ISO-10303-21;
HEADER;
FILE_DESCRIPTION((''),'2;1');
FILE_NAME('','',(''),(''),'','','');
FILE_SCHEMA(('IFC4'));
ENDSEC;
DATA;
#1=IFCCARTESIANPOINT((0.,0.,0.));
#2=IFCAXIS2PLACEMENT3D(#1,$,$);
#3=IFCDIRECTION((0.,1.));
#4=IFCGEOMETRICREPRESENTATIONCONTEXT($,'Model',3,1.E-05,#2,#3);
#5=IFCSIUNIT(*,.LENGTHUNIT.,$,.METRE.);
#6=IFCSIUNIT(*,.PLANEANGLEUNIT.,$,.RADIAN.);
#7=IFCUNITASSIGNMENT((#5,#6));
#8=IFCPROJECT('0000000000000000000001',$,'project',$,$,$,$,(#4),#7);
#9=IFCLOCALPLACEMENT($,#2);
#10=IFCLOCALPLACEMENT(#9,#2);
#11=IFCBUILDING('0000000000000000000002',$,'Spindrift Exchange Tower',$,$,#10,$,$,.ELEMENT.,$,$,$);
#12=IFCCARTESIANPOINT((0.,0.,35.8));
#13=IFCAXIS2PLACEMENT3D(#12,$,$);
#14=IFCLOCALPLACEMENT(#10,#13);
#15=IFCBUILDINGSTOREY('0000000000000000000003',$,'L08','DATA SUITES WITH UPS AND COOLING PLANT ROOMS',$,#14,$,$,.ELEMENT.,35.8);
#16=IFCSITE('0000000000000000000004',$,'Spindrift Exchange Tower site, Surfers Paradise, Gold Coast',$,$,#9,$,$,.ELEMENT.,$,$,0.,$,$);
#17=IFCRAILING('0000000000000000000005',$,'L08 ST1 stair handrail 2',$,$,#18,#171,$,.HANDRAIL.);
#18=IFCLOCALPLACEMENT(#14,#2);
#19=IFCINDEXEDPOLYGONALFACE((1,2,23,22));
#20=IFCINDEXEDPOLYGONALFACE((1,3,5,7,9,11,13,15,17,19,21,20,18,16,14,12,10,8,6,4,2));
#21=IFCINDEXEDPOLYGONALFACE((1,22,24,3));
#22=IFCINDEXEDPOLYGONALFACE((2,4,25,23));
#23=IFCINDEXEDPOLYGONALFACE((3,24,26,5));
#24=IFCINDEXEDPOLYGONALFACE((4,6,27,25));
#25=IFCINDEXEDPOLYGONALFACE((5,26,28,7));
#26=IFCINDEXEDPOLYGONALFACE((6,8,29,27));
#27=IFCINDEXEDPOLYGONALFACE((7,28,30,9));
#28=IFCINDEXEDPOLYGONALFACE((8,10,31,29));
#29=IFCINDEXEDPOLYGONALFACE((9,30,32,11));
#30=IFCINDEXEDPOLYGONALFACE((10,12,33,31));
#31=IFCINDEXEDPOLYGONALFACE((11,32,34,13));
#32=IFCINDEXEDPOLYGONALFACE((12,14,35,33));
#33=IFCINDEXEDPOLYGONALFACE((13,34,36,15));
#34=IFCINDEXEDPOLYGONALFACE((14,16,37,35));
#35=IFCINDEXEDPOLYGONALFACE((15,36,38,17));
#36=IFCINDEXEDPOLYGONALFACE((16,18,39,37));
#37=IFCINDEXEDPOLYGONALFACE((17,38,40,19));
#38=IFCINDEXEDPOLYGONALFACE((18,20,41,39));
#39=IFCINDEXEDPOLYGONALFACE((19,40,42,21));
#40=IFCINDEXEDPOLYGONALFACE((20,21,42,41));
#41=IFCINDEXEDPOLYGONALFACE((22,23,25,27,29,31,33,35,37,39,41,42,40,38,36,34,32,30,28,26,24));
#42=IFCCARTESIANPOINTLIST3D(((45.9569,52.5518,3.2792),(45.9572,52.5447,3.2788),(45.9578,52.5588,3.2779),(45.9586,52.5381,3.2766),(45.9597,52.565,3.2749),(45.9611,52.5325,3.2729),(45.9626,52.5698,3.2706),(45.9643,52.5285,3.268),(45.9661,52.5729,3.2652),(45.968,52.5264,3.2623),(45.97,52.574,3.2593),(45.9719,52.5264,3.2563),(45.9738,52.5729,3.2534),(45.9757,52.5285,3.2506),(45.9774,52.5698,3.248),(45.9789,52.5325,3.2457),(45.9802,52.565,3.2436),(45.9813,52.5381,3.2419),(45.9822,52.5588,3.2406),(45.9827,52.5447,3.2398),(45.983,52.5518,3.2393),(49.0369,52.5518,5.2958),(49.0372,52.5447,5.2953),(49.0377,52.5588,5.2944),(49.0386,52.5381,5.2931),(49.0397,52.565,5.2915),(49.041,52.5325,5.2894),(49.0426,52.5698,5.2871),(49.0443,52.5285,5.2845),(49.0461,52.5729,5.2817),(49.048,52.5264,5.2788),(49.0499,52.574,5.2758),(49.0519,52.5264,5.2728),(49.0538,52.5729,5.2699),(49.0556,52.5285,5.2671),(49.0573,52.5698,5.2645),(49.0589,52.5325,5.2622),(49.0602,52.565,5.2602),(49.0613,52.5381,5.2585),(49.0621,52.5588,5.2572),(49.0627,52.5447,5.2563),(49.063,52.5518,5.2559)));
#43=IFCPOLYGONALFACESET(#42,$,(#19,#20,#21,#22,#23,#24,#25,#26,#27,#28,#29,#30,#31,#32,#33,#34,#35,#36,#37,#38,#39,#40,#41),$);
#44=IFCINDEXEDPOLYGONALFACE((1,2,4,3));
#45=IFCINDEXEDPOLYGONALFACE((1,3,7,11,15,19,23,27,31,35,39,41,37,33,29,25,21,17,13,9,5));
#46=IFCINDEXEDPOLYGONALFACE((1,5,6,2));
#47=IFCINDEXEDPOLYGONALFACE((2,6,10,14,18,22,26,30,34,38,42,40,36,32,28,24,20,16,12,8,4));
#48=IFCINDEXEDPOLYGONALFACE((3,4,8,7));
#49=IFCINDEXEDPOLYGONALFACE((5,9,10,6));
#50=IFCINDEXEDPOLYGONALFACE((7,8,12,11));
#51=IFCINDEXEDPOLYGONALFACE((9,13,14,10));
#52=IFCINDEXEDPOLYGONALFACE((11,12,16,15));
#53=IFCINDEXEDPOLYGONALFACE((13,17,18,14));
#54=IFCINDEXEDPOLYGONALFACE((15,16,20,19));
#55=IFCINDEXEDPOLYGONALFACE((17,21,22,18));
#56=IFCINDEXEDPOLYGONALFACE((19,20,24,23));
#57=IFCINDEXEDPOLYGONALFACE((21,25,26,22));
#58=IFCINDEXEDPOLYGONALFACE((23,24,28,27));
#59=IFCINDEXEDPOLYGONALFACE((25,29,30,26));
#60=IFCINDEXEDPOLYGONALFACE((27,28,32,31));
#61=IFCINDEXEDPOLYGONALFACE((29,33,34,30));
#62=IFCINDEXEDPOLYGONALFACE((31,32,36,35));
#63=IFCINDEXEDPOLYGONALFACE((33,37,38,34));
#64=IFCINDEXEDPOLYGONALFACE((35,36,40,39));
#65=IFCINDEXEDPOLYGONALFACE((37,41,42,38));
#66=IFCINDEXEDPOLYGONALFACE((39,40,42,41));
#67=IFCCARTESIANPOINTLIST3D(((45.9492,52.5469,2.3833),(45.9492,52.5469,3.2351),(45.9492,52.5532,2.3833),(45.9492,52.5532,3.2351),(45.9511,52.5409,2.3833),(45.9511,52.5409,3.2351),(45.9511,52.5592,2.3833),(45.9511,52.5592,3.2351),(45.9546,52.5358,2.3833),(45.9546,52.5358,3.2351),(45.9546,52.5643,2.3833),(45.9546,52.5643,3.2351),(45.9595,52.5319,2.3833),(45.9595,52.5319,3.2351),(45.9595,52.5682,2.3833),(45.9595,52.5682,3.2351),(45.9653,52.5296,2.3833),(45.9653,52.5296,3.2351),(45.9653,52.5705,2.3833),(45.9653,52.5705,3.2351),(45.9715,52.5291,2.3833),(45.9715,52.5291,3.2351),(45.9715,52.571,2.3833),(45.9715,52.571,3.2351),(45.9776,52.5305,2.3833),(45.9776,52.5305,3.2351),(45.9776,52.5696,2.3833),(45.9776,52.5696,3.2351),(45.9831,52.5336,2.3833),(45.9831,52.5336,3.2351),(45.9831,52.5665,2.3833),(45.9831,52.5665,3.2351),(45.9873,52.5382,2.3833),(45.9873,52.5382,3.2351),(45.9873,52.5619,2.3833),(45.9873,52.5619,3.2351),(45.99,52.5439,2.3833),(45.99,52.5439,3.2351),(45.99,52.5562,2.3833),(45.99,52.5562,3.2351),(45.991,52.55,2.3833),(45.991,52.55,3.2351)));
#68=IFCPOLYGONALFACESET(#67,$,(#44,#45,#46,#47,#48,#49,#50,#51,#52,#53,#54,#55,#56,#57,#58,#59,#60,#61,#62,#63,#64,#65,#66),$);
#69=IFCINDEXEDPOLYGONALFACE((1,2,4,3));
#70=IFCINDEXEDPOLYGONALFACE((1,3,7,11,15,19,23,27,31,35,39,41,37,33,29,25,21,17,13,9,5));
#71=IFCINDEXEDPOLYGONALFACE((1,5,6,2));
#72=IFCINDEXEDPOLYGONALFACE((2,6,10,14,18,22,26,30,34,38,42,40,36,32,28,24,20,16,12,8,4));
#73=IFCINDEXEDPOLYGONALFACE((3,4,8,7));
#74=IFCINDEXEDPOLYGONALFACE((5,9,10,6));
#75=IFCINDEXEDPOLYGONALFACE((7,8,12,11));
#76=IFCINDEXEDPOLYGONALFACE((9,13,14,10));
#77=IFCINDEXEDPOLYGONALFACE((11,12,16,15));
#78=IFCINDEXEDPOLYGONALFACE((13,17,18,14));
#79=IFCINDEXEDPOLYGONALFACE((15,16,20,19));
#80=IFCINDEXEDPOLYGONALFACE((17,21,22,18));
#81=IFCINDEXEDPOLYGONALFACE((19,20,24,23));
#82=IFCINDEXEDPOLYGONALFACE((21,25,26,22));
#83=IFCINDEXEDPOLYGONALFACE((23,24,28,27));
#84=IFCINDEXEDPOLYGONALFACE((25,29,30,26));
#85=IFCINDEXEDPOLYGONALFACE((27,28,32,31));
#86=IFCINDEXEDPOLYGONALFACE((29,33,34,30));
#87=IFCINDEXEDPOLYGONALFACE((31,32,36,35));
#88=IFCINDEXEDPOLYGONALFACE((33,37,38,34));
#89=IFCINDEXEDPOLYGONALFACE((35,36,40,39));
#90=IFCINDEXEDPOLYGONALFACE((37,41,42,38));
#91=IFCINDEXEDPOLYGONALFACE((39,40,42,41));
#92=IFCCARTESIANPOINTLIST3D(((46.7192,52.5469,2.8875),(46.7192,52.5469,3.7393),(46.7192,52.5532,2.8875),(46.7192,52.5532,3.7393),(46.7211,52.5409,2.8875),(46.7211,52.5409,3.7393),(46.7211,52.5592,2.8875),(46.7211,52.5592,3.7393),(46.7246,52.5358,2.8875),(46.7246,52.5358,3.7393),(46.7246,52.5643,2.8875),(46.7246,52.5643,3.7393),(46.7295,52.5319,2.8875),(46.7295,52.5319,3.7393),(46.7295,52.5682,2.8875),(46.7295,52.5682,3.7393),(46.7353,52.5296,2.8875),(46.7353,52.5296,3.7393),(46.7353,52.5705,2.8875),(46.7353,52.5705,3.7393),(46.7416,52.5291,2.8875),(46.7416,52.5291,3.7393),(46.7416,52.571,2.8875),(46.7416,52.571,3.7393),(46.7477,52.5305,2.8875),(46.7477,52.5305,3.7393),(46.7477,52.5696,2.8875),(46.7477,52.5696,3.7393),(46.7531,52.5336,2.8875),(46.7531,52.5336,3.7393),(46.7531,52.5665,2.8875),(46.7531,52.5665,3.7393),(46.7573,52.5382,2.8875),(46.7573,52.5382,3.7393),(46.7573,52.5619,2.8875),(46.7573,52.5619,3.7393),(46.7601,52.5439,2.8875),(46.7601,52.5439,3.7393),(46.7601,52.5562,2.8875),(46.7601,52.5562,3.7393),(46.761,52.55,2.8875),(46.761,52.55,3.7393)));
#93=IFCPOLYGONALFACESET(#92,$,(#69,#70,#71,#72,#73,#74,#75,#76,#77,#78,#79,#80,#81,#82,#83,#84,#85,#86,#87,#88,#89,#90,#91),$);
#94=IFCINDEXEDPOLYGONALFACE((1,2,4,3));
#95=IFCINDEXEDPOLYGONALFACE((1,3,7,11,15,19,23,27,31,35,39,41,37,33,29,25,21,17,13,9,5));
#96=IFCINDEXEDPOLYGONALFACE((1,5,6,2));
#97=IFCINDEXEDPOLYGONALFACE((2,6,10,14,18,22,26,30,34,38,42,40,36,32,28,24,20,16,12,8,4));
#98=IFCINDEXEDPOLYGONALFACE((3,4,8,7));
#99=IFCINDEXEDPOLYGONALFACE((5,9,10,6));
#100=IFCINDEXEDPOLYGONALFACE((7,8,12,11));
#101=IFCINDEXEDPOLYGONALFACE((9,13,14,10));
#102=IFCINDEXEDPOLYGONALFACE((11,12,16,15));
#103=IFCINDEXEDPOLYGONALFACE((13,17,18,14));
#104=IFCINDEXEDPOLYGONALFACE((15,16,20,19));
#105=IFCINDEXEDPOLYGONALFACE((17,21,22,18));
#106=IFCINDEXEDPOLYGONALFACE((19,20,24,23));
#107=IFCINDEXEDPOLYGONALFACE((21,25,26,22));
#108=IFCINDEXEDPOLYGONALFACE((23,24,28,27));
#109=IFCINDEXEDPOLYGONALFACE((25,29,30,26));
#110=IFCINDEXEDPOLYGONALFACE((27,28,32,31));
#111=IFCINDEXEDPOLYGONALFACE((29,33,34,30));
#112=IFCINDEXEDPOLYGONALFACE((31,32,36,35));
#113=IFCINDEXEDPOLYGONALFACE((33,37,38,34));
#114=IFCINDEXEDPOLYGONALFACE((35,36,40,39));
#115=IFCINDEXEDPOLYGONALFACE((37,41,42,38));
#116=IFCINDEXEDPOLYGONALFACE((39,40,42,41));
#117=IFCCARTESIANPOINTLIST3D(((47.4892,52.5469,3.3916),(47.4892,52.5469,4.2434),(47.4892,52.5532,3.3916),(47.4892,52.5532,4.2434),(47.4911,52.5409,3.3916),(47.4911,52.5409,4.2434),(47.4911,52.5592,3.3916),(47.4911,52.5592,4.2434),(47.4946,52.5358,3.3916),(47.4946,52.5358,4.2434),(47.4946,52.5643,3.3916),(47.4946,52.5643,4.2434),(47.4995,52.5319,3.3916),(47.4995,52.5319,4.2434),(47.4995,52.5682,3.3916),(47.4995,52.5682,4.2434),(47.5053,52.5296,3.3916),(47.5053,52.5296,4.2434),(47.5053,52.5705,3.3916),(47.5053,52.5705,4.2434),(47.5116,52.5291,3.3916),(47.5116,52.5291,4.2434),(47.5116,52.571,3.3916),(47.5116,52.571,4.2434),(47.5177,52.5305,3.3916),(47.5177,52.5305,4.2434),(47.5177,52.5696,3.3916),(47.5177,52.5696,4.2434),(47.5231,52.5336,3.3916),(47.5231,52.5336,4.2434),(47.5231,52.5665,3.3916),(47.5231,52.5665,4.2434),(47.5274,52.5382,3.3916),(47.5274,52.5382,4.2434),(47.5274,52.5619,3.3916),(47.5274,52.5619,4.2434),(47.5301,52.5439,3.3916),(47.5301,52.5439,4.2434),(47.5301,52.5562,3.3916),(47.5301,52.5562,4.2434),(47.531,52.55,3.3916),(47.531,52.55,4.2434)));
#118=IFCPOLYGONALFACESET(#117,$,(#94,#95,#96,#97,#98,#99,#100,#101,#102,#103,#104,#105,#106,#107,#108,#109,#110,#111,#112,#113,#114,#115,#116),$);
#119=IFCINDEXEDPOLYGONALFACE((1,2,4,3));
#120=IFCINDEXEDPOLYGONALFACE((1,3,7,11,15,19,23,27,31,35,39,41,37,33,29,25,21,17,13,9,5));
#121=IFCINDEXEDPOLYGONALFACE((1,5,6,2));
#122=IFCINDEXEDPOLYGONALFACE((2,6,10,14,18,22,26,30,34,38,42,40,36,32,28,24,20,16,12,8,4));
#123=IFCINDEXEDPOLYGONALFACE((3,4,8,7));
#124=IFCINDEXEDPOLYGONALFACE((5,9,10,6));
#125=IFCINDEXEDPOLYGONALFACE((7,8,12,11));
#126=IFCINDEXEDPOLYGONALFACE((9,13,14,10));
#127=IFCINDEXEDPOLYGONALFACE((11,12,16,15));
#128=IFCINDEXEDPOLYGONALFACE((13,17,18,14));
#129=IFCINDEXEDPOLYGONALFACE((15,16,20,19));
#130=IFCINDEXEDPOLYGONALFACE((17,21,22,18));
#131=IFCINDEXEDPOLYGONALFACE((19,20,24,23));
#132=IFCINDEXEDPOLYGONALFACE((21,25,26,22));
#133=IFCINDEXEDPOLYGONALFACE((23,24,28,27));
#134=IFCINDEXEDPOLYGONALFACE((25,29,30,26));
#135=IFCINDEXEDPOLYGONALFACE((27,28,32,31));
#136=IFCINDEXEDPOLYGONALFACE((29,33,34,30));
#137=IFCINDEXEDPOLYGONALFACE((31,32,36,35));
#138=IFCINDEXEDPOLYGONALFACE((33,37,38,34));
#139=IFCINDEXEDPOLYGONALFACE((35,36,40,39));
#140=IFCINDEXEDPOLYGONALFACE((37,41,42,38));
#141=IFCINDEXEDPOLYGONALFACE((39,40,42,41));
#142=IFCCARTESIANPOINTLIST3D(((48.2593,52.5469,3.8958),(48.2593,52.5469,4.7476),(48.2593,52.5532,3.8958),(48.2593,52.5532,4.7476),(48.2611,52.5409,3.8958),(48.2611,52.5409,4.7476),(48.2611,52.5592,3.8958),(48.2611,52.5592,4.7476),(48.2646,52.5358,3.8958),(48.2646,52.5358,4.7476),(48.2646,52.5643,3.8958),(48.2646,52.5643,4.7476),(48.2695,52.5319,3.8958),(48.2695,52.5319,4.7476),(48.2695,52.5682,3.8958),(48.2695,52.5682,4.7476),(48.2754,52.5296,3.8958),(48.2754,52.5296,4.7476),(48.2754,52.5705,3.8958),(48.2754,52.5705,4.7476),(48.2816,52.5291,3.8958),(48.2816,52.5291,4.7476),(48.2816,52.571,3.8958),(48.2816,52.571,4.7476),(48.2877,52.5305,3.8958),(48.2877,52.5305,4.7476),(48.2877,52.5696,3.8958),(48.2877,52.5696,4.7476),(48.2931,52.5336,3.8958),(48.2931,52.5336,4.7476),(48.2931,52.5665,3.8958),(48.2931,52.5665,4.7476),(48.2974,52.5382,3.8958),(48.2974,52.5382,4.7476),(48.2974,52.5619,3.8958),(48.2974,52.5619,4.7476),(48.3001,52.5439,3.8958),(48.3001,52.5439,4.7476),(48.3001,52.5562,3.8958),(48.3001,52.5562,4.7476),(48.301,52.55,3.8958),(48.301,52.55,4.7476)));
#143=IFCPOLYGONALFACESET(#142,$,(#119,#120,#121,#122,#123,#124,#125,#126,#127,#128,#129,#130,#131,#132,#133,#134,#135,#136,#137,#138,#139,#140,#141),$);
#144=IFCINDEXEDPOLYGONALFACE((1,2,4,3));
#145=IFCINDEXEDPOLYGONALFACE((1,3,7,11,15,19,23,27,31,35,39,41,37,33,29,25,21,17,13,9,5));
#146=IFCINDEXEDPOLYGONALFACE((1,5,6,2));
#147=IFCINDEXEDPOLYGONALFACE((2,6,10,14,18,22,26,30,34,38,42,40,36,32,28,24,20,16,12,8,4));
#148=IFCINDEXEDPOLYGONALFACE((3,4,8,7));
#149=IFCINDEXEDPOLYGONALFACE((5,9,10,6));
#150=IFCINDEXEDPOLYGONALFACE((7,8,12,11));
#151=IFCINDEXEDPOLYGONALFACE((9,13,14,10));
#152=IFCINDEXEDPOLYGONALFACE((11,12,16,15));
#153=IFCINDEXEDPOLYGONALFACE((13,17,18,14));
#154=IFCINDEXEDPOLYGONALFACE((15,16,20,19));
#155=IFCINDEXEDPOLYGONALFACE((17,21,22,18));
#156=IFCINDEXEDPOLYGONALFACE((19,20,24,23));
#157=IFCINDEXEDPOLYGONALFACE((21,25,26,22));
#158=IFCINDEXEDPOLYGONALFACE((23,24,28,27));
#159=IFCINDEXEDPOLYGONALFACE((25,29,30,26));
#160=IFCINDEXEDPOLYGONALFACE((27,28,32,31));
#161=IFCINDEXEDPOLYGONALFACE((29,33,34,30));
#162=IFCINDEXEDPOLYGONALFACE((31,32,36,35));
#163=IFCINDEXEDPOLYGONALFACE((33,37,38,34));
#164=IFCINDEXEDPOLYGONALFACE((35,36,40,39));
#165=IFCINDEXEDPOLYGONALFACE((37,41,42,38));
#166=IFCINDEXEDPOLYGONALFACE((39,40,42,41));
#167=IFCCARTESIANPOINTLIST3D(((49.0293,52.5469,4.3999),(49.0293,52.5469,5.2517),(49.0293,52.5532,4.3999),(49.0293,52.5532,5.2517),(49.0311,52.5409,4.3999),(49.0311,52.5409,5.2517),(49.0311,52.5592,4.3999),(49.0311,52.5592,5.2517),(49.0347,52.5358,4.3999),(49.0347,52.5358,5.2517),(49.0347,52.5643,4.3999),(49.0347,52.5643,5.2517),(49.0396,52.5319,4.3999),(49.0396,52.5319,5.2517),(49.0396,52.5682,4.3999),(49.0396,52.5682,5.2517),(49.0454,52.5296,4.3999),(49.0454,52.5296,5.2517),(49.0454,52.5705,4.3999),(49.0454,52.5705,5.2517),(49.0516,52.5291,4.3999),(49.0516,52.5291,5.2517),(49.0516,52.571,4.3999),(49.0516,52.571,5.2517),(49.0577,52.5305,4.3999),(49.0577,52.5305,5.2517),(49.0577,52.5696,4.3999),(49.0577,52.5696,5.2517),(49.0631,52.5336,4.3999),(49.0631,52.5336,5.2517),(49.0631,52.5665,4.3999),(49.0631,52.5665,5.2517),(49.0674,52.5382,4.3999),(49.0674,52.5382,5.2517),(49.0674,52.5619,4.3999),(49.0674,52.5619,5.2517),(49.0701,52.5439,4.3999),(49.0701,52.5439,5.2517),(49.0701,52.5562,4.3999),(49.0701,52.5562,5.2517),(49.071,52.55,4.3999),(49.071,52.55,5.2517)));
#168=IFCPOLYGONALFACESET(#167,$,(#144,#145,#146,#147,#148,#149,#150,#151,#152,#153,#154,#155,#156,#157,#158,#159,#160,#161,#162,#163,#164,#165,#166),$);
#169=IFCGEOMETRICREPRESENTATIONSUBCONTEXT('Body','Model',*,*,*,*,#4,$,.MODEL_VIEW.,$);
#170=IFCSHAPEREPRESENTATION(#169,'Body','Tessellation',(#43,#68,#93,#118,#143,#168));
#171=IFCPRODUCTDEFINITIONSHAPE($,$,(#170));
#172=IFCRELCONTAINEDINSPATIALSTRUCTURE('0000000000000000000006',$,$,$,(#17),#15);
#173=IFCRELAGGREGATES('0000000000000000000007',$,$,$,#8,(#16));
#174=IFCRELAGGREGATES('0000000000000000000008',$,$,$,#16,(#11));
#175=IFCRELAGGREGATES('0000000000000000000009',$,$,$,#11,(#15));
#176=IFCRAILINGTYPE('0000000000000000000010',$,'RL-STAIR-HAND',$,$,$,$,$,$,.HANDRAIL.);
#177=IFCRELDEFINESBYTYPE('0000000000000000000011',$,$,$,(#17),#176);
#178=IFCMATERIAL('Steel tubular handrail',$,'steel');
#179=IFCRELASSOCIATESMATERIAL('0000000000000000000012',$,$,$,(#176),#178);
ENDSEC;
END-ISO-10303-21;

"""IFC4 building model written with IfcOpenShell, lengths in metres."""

from ifc_helpers import new_model, si_unit, direction, frame, origin, origin_2d, place, context, subcontext, project, spatial, circle, extrude, material, type_object, element, save


model = new_model("IFC4")

# Units and contexts
model_context = context("Model", 3, precision=1e-05, world=origin(), true_north=direction((0.0, 1.0)))
body_context = subcontext(model_context, "Body", "Model", "MODEL_VIEW")
ifc_project = project(units=[si_unit("LENGTHUNIT", "METRE"), si_unit("PLANEANGLEUNIT", "RADIAN")], contexts=[model_context])

# Site, building, storey
site_placement = place(None, origin())
site = spatial("IfcSite", under=ifc_project, at=site_placement, Name="Spindrift Exchange Tower site, Surfers Paradise, Gold Coast", CompositionType="ELEMENT", RefElevation=0.0)
building_placement = place(site_placement, origin())
building = spatial("IfcBuilding", under=site, at=building_placement, Name="Spindrift Exchange Tower", CompositionType="ELEMENT")
storey_placement = place(building_placement, frame((0.0, 0.0, 35.8)))
storey = spatial("IfcBuildingStorey", under=building, at=storey_placement, Name="L08", Description="DATA SUITES WITH UPS AND COOLING PLANT ROOMS", CompositionType="ELEMENT", Elevation=35.8)

# Railing
ifc_material_1 = material(Name="Steel tubular handrail", Category="steel")
railing_type_1 = type_object("IfcRailingType", Name="RL-STAIR-HAND", PredefinedType="HANDRAIL", material=ifc_material_1)
railing_1_placement = place(storey_placement, frame((45.97, 52.55, 2.3833)))
element("IfcRailing", 1, at=railing_1_placement, inside=storey, type_object=railing_type_1, Name="L08 ST1 stair handrail 2", PredefinedType="HANDRAIL", context=body_context, shape_type="SweptSolid", body=[
    extrude(circle(Radius=0.0239, at=origin_2d()), frame((0.0, 0.0, 0.876), z_axis=(0.836633, 0.0, 0.547764), x_axis=(0.0, 1.0, 0.0)), (0.0, 0.0, 1.0), 3.6814),
    extrude(circle(Radius=0.021, at=origin_2d()), origin(), (0.0, 0.0, 1.0), 0.8518),
    extrude(circle(Radius=0.021, at=origin_2d()), frame((0.77, 0.0, 0.5042)), (0.0, 0.0, 1.0), 0.8518),
    extrude(circle(Radius=0.021, at=origin_2d()), frame((1.54, 0.0, 1.0083)), (0.0, 0.0, 1.0), 0.8518),
    extrude(circle(Radius=0.021, at=origin_2d()), frame((2.3101, 0.0, 1.5125)), (0.0, 0.0, 1.0), 0.8518),
    extrude(circle(Radius=0.021, at=origin_2d()), frame((3.0801, 0.0, 2.0166)), (0.0, 0.0, 1.0), 0.8518),
])

save(model, "model.ifc")
